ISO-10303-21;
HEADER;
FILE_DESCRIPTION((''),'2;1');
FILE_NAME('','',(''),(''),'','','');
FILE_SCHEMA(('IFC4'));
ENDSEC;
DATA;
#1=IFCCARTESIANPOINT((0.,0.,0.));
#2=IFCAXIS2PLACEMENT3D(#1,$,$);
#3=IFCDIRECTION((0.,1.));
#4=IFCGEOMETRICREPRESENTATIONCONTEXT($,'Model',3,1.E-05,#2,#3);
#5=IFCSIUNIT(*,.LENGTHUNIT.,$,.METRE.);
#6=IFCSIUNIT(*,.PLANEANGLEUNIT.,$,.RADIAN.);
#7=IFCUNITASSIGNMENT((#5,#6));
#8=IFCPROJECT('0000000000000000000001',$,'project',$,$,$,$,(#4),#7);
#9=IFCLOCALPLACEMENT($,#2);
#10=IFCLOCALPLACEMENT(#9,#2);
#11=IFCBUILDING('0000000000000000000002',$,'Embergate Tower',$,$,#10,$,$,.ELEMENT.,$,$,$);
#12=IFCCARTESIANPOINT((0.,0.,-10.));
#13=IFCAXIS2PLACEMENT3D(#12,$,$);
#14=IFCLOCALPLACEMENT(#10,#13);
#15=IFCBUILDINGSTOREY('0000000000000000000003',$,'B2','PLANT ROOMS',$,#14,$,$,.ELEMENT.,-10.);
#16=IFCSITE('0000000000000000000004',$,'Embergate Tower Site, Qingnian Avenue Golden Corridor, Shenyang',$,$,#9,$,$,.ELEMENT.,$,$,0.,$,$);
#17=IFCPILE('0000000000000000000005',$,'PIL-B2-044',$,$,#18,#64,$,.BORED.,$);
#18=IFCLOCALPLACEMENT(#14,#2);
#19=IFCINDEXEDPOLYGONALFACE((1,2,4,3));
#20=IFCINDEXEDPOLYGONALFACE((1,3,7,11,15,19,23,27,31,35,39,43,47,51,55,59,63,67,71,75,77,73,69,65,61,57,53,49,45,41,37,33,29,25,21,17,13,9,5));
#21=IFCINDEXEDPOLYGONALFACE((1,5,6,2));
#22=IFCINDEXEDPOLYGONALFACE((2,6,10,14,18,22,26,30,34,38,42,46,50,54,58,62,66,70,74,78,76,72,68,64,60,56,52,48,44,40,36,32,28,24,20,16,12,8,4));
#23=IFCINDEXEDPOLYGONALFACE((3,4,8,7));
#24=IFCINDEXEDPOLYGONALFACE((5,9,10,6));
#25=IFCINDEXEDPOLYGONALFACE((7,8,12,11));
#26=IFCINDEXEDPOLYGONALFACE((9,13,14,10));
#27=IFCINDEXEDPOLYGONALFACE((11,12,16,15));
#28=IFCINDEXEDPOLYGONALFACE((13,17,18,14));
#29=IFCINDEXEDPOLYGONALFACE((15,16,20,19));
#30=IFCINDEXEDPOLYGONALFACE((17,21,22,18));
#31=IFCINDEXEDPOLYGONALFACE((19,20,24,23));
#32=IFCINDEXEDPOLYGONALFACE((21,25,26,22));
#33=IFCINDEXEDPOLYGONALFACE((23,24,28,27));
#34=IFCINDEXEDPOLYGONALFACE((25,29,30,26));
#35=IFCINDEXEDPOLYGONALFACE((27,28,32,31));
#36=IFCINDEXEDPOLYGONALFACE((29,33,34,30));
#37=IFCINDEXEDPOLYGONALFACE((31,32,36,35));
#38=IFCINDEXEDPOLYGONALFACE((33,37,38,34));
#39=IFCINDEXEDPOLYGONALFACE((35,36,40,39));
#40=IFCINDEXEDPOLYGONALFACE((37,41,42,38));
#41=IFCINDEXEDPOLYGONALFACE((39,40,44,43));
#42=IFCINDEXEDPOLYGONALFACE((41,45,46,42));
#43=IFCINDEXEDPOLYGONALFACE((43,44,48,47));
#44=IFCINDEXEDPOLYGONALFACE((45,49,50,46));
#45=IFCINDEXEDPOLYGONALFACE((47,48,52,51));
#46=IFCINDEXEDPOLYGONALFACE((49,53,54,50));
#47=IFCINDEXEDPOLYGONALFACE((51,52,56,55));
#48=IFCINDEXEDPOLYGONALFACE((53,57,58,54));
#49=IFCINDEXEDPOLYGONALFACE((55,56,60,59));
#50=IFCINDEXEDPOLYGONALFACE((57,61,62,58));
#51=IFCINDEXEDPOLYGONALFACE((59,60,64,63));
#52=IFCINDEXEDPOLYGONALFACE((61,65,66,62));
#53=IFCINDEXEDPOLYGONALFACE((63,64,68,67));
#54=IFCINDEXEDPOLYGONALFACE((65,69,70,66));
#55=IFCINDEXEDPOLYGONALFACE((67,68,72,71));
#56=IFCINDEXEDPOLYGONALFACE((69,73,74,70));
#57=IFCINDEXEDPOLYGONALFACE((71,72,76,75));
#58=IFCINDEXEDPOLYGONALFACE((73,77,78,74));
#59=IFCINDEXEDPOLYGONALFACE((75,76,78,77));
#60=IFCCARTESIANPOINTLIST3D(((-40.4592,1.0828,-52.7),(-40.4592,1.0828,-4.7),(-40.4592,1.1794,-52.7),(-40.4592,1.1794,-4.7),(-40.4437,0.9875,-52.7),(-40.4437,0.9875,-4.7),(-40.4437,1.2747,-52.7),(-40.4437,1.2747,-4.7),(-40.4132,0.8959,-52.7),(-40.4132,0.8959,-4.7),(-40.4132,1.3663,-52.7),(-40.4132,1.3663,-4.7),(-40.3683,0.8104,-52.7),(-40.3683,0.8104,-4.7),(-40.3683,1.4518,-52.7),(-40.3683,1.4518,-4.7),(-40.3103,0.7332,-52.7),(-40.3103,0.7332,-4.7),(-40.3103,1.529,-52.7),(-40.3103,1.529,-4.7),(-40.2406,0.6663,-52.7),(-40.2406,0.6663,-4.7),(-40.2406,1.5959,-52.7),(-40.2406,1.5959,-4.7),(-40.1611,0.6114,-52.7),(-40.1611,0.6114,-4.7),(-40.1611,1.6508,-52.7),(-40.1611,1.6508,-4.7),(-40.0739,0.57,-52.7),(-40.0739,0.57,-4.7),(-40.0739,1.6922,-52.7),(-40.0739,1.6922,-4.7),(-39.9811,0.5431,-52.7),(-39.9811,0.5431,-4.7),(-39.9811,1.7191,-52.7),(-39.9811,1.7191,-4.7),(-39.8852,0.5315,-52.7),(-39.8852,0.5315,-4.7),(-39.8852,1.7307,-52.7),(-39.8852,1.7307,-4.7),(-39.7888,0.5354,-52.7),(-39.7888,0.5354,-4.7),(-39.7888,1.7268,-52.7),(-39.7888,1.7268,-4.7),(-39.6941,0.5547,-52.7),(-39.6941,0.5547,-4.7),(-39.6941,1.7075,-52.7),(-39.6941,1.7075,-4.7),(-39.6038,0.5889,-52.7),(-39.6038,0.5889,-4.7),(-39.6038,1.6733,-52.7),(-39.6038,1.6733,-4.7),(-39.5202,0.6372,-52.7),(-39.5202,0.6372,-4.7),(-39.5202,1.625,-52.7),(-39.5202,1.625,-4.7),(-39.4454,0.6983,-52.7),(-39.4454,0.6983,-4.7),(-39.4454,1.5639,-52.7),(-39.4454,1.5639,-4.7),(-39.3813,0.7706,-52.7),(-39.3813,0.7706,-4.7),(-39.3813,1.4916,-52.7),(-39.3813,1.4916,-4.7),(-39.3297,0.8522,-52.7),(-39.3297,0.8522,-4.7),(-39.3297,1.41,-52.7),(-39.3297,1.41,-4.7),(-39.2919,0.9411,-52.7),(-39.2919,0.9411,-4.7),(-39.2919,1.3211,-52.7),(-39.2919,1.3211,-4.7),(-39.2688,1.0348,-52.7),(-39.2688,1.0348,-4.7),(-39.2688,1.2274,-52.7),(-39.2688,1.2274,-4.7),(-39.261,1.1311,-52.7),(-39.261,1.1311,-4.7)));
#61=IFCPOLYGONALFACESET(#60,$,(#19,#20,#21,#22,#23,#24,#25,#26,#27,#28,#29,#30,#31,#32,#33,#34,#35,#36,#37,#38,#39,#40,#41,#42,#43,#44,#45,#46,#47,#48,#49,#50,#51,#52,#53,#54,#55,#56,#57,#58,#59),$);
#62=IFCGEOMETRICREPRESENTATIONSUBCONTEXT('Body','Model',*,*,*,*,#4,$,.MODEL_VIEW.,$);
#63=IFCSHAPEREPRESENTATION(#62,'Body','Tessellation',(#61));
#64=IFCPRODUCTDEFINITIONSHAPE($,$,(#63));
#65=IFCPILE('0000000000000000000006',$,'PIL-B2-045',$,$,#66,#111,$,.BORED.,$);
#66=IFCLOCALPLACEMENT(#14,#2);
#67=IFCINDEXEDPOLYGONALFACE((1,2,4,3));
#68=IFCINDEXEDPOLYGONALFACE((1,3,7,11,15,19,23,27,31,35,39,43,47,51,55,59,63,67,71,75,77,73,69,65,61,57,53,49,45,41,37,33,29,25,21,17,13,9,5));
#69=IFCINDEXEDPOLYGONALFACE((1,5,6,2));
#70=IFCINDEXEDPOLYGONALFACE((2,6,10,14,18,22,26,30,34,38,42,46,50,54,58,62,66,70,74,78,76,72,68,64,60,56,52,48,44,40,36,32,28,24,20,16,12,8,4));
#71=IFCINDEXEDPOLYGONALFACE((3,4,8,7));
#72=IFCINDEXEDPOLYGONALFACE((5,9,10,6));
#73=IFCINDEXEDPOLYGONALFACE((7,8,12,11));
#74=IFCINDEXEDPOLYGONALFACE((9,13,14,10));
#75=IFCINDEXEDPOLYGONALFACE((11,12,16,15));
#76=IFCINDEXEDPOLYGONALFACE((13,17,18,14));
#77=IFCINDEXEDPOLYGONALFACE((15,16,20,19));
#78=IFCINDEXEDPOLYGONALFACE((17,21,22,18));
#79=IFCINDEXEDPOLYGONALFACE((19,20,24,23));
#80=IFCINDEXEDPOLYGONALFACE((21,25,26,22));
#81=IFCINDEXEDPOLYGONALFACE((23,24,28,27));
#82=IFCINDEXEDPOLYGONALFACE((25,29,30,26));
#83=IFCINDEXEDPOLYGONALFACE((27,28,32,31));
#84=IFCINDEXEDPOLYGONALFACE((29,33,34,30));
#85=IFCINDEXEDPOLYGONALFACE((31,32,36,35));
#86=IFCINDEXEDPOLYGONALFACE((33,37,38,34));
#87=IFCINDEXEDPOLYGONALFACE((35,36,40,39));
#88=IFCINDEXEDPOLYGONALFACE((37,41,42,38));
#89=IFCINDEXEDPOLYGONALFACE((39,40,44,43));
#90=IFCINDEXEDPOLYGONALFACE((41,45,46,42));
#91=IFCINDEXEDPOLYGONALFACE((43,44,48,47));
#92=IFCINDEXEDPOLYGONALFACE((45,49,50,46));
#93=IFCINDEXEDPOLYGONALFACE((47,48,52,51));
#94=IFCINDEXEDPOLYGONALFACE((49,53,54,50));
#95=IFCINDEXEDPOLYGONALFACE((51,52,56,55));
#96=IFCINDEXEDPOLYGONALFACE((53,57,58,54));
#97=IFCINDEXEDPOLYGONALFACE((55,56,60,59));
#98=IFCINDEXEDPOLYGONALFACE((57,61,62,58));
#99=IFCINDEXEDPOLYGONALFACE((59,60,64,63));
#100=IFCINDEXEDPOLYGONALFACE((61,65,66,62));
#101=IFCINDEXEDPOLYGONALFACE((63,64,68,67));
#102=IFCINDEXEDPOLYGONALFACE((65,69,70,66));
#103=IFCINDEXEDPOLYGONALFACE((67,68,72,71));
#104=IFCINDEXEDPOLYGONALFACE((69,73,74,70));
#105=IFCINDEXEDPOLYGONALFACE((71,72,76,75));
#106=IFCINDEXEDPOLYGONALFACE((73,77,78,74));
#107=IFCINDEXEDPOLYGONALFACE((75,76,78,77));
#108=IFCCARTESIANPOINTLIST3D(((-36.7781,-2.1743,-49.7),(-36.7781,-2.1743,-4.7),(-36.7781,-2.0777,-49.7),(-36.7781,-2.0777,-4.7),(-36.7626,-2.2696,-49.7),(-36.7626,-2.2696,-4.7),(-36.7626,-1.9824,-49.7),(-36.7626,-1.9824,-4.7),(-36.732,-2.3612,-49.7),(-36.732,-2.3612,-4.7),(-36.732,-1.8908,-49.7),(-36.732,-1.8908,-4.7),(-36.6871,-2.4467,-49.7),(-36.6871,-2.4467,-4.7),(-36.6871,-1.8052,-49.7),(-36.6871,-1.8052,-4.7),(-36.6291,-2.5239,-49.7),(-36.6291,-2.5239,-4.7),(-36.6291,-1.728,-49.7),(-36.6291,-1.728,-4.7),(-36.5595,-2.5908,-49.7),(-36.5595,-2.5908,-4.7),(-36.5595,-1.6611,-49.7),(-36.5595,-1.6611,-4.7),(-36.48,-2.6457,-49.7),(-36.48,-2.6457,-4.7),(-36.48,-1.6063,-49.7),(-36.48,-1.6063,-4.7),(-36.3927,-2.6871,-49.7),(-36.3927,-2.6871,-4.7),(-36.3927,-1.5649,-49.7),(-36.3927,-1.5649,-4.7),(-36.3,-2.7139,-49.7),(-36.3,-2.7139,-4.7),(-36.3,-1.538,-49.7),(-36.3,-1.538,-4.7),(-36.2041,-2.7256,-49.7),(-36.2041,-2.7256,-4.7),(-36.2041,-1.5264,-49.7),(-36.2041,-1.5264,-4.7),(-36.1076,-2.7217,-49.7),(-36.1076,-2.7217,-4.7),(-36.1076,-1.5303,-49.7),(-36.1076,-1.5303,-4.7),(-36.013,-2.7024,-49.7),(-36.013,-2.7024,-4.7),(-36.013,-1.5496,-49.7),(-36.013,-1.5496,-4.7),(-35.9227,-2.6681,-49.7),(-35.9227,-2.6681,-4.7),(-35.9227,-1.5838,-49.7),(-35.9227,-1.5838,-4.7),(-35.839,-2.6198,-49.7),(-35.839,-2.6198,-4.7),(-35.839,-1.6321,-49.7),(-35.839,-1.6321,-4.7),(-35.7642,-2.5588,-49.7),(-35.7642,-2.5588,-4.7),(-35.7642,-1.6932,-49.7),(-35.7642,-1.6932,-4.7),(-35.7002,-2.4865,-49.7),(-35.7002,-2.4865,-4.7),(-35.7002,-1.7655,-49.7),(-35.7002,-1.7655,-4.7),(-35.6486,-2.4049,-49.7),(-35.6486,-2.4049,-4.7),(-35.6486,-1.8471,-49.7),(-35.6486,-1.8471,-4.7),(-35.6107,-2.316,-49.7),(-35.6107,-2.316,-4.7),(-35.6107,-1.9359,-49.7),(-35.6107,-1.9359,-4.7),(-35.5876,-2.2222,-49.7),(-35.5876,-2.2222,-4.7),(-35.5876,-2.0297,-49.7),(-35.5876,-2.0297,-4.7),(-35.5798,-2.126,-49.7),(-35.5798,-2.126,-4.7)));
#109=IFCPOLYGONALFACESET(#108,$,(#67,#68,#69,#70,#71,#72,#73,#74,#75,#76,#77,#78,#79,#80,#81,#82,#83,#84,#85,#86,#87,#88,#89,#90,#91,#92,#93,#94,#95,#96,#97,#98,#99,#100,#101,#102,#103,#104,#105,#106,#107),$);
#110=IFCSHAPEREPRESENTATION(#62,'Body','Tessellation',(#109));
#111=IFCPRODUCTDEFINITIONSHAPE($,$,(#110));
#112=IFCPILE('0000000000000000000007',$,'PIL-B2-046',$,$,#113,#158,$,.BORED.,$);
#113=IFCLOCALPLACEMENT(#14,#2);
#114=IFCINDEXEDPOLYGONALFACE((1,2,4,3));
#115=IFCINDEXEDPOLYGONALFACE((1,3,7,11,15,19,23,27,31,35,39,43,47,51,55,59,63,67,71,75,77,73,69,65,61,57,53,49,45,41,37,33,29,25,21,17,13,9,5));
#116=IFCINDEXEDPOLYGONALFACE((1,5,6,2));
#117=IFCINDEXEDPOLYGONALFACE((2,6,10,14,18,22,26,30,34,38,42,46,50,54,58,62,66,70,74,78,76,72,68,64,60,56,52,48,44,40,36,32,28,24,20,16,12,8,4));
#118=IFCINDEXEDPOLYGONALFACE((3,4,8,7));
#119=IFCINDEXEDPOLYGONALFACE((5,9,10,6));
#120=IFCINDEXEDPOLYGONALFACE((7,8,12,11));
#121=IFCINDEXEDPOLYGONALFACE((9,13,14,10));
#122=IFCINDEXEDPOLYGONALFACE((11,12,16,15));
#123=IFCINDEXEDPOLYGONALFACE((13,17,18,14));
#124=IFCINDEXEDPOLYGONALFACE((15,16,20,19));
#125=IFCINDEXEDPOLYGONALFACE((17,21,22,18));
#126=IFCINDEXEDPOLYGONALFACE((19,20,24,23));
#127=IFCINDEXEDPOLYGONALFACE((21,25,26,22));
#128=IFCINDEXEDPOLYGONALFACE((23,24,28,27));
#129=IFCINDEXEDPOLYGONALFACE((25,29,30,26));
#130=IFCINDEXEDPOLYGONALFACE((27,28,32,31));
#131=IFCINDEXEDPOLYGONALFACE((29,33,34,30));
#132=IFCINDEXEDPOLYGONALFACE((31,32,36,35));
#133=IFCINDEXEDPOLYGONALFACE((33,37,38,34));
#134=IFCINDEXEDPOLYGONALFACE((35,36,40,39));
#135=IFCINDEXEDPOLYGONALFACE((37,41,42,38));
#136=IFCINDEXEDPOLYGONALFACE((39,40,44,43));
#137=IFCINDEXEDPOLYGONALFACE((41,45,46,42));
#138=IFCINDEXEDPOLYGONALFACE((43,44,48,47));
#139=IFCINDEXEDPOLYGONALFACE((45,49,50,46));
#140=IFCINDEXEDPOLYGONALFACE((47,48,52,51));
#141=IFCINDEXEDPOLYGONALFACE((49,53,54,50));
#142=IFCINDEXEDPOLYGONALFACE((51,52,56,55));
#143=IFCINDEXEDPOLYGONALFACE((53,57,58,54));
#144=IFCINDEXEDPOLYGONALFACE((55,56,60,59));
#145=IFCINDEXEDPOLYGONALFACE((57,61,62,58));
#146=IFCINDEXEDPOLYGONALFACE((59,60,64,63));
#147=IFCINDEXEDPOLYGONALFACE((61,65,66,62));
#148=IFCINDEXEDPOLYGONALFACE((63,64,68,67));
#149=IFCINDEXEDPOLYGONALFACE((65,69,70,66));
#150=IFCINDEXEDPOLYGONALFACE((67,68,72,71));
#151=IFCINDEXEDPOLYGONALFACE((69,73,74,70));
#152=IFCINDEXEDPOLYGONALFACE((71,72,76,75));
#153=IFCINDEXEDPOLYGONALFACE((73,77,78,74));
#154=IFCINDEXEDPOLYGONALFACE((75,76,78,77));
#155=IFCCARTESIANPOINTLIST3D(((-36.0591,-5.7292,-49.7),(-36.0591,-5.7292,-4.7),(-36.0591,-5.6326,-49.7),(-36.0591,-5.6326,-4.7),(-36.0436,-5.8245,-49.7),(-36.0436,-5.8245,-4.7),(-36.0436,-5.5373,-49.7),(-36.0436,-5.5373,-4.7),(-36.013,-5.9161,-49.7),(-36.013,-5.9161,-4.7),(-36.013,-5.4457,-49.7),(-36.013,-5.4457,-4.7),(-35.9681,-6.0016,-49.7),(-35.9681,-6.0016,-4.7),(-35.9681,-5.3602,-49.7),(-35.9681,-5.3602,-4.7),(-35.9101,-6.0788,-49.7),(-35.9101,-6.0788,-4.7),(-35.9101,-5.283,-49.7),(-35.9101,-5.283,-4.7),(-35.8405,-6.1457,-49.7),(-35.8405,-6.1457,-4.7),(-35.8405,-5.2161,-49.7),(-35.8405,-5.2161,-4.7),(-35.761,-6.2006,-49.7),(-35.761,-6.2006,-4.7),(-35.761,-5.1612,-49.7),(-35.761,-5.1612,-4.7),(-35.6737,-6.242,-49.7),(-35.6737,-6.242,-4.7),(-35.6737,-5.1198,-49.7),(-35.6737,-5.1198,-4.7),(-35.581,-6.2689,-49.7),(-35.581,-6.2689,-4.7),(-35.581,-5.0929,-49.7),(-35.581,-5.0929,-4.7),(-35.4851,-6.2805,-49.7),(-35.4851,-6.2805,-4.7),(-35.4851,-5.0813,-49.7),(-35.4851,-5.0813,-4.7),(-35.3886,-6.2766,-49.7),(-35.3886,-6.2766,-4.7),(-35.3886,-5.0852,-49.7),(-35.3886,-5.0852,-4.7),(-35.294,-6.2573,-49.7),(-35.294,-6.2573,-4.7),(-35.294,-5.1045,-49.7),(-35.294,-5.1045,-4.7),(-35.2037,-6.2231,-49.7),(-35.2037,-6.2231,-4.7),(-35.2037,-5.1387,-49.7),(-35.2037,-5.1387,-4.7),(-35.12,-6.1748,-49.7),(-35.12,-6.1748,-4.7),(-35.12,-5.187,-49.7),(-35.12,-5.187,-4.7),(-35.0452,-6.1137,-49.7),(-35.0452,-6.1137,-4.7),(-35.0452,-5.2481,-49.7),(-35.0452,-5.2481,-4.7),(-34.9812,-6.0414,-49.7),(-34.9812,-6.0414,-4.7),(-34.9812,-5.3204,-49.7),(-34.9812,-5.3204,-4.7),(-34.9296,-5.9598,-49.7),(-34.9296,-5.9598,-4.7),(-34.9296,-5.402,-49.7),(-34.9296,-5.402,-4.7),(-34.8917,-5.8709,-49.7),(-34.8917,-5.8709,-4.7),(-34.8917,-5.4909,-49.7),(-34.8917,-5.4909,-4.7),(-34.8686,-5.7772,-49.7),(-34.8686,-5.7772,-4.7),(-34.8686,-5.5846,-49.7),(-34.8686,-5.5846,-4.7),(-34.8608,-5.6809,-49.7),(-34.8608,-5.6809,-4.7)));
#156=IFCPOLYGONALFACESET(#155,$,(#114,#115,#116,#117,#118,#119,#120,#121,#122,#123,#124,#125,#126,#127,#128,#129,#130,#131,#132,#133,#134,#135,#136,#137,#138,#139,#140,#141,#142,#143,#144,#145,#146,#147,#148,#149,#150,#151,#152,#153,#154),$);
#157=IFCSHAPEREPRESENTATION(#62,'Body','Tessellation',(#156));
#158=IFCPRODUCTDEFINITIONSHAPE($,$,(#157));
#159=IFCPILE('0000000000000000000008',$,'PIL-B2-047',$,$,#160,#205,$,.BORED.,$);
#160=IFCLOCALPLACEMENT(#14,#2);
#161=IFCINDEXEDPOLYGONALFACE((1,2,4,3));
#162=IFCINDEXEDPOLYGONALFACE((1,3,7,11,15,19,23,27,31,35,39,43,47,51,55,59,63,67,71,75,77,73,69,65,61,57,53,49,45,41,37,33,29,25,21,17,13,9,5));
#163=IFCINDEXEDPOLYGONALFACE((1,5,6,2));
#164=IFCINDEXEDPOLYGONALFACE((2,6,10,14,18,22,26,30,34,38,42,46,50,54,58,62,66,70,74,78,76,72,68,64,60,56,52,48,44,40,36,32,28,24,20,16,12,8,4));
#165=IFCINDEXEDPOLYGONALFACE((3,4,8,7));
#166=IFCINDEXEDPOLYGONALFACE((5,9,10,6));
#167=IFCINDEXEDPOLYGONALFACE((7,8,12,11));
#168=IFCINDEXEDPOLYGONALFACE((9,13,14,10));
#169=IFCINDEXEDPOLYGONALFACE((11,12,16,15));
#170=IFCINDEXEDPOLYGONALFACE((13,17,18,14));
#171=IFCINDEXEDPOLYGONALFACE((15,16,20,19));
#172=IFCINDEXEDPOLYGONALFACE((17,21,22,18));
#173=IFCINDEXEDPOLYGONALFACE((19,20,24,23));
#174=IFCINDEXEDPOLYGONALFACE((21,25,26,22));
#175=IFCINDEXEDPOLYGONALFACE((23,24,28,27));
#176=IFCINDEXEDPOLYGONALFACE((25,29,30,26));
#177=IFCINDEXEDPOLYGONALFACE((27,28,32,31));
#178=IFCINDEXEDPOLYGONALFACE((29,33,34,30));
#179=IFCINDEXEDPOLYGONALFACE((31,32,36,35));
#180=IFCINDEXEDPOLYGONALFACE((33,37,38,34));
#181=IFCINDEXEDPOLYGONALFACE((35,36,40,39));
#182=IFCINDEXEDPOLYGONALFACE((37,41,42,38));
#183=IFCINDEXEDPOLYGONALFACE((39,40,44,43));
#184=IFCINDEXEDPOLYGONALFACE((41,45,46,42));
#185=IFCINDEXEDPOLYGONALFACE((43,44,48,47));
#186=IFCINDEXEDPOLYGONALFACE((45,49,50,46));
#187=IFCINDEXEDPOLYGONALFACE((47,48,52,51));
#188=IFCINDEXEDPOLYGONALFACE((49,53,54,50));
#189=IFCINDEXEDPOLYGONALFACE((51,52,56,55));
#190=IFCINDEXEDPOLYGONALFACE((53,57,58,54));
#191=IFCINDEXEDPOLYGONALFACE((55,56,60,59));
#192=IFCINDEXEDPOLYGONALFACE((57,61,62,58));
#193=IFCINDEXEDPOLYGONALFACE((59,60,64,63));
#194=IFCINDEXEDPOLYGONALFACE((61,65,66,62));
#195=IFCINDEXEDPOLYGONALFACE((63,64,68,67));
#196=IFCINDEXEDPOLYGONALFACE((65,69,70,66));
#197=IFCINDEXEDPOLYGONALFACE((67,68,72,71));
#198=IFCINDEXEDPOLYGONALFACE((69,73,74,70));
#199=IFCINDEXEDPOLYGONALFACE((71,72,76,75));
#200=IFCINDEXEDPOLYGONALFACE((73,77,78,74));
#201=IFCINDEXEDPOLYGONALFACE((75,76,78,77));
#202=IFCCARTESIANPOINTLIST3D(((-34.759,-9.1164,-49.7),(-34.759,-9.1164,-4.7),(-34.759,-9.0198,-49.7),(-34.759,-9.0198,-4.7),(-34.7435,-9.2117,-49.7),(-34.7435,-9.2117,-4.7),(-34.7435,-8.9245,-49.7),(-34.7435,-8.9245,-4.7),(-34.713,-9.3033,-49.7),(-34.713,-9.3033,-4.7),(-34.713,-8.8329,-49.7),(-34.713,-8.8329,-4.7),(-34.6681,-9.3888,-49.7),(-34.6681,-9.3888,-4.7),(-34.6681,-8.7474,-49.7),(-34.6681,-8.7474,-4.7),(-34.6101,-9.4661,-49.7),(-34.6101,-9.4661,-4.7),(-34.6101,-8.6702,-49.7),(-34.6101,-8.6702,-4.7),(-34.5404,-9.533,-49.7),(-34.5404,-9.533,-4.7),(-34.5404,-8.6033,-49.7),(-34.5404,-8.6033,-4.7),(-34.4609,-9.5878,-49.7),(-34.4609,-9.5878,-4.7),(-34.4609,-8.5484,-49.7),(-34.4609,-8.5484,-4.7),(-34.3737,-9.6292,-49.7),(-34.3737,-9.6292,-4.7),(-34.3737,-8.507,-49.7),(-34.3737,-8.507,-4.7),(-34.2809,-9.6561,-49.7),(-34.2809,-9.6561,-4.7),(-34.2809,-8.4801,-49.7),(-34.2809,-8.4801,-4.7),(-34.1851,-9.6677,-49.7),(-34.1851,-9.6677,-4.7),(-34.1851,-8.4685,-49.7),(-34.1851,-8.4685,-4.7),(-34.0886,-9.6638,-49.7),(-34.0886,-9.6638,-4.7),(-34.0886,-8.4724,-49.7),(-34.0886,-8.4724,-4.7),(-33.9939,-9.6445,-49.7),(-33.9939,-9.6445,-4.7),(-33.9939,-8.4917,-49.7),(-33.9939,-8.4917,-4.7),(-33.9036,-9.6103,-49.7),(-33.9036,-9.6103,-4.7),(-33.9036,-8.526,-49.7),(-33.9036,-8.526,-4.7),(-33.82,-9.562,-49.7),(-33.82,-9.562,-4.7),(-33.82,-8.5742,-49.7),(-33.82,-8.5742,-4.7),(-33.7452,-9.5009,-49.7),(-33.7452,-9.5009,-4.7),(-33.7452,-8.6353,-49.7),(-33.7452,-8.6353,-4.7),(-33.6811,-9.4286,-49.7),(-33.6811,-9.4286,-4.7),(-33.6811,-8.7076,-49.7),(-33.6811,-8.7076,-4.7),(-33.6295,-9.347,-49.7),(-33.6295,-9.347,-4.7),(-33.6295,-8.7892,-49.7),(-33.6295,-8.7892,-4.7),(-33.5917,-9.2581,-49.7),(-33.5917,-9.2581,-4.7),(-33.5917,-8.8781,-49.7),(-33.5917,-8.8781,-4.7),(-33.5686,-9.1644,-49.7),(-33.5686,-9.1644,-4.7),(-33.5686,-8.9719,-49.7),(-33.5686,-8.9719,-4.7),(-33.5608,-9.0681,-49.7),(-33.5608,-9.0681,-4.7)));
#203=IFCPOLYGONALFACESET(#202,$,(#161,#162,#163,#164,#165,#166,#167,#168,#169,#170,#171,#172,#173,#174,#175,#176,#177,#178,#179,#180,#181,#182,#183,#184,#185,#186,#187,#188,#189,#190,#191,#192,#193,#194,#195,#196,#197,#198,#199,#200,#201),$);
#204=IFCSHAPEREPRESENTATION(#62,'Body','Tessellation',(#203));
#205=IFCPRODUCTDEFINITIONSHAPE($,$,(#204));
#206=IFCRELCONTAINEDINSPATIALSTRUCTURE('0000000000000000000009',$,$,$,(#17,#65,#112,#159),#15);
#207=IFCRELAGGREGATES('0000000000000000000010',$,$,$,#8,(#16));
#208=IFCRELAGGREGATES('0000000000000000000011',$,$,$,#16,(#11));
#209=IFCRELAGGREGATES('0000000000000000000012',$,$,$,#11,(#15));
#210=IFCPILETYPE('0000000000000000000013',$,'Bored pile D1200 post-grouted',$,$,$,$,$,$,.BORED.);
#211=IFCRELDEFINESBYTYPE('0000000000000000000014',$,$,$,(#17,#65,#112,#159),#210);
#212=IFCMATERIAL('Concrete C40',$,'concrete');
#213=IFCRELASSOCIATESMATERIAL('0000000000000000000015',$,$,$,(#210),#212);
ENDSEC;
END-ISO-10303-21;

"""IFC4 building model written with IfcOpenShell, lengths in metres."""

from ifc_helpers import new_model, si_unit, direction, frame, origin, origin_2d, place, context, subcontext, project, spatial, circle, extrude, source, transform, mapped, material, material_profile, profile_set, type_object, element, save


model = new_model("IFC4")

# Units and contexts
model_context = context("Model", 3, precision=1e-05, world=origin(), true_north=direction((0.0, 1.0)))
body_context = subcontext(model_context, "Body", "Model", "MODEL_VIEW")
ifc_project = project(units=[si_unit("LENGTHUNIT", "METRE"), si_unit("PLANEANGLEUNIT", "RADIAN")], contexts=[model_context])

# Site, building, storey
site_placement = place(None, origin())
site = spatial("IfcSite", under=ifc_project, at=site_placement, Name="Embergate Tower Site, Qingnian Avenue Golden Corridor, Shenyang", CompositionType="ELEMENT", RefElevation=0.0)
building_placement = place(site_placement, origin())
building = spatial("IfcBuilding", under=site, at=building_placement, Name="Embergate Tower", CompositionType="ELEMENT")
storey_placement = place(building_placement, frame((0.0, 0.0, -10.0)))
storey = spatial("IfcBuildingStorey", under=building, at=storey_placement, Name="B2", Description="PLANT ROOMS", CompositionType="ELEMENT", Elevation=-10.0)

# Piles
ifc_material_1 = material(Name="Concrete C40", Category="concrete")
ifc_material_profile_1 = material_profile(ifc_material_1, circle(Radius=0.6001, at=origin_2d()), Name="D1200")
ifc_profile_set_1 = profile_set([ifc_material_profile_1], Name="Concrete C40")
pile_type = type_object("IfcPileType", Name="Bored pile D1200 post-grouted", PredefinedType="BORED", material=ifc_profile_set_1)
shared_shape_1 = source(origin(), body_context, "Body", "SweptSolid", [
    extrude(circle(Radius=0.6001, at=origin_2d()), origin(), (0.0, 0.0, 1.0), 48.0),
])
for number, where, z_axis, x_axis, name in (
    (1, (-39.8611, 1.1311, -4.7), (0.0, 0.0, -1.0), (1.0, 0.0, 0.0), "PIL-B2-044"),
):
    element("IfcPile", number, at=place(storey_placement, frame(where, z_axis=z_axis, x_axis=x_axis)), inside=storey, type_object=pile_type, Name=name, PredefinedType="BORED", context=body_context, shape_type="MappedRepresentation", body=[
        mapped(shared_shape_1, transform((0.0, 0.0, 0.0))),
    ])
shared_shape_2 = source(origin(), body_context, "Body", "SweptSolid", [
    extrude(circle(Radius=0.6001, at=origin_2d()), origin(), (0.0, 0.0, 1.0), 45.0),
])
for number, where, z_axis, x_axis, name in (
    (2, (-36.1799, -2.126, -4.7), (0.0, 0.0, -1.0), (1.0, 0.0, 0.0), "PIL-B2-045"),
    (3, (-35.4609, -5.6809, -4.7), (0.0, 0.0, -1.0), (1.0, 0.0, 0.0), "PIL-B2-046"),
    (4, (-34.1609, -9.0681, -4.7), (0.0, 0.0, -1.0), (1.0, 0.0, 0.0), "PIL-B2-047"),
):
    element("IfcPile", number, at=place(storey_placement, frame(where, z_axis=z_axis, x_axis=x_axis)), inside=storey, type_object=pile_type, Name=name, PredefinedType="BORED", context=body_context, shape_type="MappedRepresentation", body=[
        mapped(shared_shape_2, transform((0.0, 0.0, 0.0))),
    ])

save(model, "model.ifc")
